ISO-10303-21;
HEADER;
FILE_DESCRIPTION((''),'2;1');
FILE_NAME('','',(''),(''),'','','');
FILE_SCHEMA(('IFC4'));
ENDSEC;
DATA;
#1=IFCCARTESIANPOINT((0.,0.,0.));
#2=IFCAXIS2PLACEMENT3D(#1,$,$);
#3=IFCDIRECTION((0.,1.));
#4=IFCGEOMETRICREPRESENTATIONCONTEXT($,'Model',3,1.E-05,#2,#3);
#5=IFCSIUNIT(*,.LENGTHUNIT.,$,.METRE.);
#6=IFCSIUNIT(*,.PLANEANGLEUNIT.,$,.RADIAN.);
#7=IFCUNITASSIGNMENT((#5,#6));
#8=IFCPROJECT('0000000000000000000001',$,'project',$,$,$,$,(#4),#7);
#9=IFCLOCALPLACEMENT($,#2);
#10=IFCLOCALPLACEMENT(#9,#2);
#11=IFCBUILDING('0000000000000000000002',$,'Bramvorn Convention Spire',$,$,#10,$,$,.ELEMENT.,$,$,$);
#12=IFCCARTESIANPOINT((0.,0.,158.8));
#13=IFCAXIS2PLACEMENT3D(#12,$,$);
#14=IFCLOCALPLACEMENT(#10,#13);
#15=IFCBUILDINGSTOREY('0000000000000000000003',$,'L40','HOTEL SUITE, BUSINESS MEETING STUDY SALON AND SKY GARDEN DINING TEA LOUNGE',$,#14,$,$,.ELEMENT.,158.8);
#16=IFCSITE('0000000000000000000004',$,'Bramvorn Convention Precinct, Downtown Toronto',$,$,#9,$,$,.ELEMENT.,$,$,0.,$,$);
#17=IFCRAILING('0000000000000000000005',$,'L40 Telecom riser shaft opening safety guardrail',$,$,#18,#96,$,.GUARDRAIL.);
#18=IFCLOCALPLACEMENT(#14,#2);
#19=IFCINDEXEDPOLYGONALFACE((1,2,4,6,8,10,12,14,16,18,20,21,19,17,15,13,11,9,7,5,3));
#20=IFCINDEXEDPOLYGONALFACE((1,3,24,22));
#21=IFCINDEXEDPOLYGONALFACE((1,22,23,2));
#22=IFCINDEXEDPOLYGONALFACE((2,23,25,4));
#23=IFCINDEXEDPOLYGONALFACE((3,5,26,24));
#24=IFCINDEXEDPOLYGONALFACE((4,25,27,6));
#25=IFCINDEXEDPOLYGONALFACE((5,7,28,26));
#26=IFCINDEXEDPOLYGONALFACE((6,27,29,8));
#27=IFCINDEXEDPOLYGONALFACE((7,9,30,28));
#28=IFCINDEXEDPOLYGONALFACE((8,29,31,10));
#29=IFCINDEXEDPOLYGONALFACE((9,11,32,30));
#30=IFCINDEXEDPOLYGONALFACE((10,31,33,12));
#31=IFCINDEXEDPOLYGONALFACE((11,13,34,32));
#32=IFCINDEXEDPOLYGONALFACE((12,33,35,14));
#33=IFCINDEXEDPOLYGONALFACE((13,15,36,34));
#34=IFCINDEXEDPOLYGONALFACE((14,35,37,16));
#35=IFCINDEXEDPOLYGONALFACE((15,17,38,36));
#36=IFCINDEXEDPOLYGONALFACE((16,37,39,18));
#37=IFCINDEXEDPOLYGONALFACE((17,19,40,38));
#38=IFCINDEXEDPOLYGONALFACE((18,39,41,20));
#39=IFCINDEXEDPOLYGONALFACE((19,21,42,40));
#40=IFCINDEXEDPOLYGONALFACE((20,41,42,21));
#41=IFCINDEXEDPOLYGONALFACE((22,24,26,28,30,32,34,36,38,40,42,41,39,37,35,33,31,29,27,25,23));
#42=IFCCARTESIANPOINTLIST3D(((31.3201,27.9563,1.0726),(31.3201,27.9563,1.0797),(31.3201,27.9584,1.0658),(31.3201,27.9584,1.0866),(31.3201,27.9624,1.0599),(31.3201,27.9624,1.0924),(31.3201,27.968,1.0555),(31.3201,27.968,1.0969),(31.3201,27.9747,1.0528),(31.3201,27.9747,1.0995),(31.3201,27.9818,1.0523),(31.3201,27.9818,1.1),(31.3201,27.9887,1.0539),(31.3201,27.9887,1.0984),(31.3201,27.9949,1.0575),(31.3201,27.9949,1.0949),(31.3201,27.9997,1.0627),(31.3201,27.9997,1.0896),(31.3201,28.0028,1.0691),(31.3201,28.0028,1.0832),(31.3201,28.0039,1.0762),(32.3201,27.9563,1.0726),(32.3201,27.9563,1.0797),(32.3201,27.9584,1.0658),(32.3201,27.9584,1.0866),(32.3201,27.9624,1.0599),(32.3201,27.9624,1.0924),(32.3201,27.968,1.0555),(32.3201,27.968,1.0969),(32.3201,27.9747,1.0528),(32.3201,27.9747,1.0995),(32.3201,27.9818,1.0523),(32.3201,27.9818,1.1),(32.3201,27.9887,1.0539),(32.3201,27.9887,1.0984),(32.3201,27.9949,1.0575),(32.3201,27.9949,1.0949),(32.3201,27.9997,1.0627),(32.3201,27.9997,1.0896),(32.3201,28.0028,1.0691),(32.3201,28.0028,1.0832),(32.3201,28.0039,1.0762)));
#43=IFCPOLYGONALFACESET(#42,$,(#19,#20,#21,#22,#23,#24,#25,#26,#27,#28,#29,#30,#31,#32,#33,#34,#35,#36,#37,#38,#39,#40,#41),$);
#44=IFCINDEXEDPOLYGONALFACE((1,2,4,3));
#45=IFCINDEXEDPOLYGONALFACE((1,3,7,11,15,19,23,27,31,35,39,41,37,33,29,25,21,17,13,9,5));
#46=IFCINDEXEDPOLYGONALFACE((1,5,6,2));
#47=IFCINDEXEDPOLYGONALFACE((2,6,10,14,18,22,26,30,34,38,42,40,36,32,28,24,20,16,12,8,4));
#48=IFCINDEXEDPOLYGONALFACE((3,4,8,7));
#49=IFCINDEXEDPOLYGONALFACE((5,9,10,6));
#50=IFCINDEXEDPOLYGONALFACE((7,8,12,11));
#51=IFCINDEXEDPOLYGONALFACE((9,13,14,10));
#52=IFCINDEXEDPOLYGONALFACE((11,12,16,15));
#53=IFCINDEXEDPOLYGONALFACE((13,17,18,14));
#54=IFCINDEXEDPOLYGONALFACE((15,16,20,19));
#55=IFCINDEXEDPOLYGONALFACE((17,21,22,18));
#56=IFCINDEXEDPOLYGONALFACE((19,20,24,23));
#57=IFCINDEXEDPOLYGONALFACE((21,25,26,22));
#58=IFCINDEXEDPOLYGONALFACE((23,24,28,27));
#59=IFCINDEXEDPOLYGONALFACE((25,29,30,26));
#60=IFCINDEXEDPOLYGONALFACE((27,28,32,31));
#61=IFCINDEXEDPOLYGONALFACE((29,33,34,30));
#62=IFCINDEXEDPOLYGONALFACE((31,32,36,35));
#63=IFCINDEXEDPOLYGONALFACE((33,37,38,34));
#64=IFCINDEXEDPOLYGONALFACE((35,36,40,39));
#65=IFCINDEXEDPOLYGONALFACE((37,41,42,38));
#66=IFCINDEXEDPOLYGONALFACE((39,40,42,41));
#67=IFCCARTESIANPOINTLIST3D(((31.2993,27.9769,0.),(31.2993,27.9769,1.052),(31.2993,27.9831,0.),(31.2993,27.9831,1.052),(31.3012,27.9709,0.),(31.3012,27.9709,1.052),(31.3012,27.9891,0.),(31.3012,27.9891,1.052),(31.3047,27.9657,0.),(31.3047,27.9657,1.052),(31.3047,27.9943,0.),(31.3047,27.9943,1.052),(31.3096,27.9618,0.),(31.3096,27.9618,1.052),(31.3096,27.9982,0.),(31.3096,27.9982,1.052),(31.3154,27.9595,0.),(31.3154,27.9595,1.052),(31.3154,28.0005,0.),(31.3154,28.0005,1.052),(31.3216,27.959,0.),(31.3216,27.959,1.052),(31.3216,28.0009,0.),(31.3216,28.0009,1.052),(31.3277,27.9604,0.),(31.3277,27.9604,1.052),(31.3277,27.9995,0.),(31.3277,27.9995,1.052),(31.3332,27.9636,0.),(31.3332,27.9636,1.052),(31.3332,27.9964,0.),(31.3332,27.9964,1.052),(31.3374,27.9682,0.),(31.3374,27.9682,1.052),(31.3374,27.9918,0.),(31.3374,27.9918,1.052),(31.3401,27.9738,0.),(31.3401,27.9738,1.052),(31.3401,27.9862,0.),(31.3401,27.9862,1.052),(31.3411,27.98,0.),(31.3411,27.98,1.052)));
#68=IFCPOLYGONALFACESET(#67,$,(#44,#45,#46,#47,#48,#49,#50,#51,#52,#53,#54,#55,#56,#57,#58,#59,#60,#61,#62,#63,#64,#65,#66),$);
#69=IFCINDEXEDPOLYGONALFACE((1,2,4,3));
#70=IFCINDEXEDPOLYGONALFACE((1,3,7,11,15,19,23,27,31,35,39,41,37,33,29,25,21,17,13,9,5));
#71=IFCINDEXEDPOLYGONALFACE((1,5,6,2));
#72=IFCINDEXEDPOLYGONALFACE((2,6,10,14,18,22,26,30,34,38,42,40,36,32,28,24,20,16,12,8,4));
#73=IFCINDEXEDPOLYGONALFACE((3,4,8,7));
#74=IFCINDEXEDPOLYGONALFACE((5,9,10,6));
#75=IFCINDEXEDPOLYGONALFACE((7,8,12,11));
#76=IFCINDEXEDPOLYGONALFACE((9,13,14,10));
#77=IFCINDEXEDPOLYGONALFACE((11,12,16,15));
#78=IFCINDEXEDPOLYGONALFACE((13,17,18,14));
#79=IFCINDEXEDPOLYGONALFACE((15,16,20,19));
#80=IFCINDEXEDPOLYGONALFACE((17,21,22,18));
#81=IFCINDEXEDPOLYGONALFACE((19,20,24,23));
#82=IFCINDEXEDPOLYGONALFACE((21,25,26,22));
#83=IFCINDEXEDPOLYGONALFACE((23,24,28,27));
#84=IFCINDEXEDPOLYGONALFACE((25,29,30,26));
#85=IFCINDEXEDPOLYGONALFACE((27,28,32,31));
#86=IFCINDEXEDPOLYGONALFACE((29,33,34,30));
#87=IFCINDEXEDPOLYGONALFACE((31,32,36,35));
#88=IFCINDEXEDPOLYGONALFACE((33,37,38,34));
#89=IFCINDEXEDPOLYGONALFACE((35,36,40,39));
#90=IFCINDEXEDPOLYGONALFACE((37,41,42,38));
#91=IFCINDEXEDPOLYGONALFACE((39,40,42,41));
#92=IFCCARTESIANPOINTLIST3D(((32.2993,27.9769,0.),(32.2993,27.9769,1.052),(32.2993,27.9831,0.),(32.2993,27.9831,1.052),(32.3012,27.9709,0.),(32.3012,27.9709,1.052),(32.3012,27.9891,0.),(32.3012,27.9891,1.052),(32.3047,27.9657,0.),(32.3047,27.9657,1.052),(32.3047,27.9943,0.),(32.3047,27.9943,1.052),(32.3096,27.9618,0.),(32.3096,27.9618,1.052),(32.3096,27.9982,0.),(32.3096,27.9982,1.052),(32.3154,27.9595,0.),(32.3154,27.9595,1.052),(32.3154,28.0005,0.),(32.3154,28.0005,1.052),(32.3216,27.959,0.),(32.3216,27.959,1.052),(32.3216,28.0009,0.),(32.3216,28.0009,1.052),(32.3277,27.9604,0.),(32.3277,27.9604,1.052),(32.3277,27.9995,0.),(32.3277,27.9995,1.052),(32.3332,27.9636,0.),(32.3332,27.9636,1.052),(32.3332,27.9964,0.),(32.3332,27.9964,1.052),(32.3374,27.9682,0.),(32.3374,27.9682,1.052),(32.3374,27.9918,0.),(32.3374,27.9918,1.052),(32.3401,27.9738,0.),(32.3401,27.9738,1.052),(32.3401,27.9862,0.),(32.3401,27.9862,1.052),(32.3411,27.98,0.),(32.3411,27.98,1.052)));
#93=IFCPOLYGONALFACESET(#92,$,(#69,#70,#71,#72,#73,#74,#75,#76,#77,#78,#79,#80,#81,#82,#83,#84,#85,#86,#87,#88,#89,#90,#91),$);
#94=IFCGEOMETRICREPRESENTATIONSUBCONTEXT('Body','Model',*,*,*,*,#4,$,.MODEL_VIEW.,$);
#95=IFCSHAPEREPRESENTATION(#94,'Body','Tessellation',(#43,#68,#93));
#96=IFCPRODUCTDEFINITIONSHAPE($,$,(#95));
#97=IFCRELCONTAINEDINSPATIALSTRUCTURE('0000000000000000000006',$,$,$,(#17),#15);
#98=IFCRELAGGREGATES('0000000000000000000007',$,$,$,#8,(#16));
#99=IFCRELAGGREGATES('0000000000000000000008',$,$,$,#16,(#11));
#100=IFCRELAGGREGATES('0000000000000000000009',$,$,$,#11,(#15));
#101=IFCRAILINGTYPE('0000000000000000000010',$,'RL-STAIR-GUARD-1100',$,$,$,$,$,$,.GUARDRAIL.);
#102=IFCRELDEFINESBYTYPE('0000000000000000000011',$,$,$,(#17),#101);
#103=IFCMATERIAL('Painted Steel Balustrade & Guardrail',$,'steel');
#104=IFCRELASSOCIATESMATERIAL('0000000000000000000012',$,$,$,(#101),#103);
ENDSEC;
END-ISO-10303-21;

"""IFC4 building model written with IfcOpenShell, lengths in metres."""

from ifc_helpers import new_model, si_unit, direction, frame, origin, origin_2d, place, context, subcontext, project, spatial, circle, extrude, material, type_object, element, save


model = new_model("IFC4")

# Units and contexts
model_context = context("Model", 3, precision=1e-05, world=origin(), true_north=direction((0.0, 1.0)))
body_context = subcontext(model_context, "Body", "Model", "MODEL_VIEW")
ifc_project = project(units=[si_unit("LENGTHUNIT", "METRE"), si_unit("PLANEANGLEUNIT", "RADIAN")], contexts=[model_context])

# Site, building, storey
site_placement = place(None, origin())
site = spatial("IfcSite", under=ifc_project, at=site_placement, Name="Bramvorn Convention Precinct, Downtown Toronto", CompositionType="ELEMENT", RefElevation=0.0)
building_placement = place(site_placement, origin())
building = spatial("IfcBuilding", under=site, at=building_placement, Name="Bramvorn Convention Spire", CompositionType="ELEMENT")
storey_placement = place(building_placement, frame((0.0, 0.0, 158.8)))
storey = spatial("IfcBuildingStorey", under=building, at=storey_placement, Name="L40", Description="HOTEL SUITE, BUSINESS MEETING STUDY SALON AND SKY GARDEN DINING TEA LOUNGE", CompositionType="ELEMENT", Elevation=158.8)

# Railing
ifc_material_1 = material(Name="Painted Steel Balustrade & Guardrail", Category="steel")
railing_type_1 = type_object("IfcRailingType", Name="RL-STAIR-GUARD-1100", PredefinedType="GUARDRAIL", material=ifc_material_1)
railing_1_placement = place(storey_placement, frame((31.3201, 27.98, 0.0)))
element("IfcRailing", 1, at=railing_1_placement, inside=storey, type_object=railing_type_1, Name="L40 Telecom riser shaft opening safety guardrail", PredefinedType="GUARDRAIL", context=body_context, shape_type="SweptSolid", body=[
    extrude(circle(Radius=0.0239, at=origin_2d()), frame((0.0, 0.0, 1.0762), z_axis=(1.0, 0.0, 0.0), x_axis=(0.0, 1.0, 0.0)), (0.0, 0.0, 1.0), 1.0),
    extrude(circle(Radius=0.021, at=origin_2d()), origin(), (0.0, 0.0, 1.0), 1.052),
    extrude(circle(Radius=0.021, at=origin_2d()), frame((1.0, 0.0, 0.0)), (0.0, 0.0, 1.0), 1.052),
])

save(model, "model.ifc")
